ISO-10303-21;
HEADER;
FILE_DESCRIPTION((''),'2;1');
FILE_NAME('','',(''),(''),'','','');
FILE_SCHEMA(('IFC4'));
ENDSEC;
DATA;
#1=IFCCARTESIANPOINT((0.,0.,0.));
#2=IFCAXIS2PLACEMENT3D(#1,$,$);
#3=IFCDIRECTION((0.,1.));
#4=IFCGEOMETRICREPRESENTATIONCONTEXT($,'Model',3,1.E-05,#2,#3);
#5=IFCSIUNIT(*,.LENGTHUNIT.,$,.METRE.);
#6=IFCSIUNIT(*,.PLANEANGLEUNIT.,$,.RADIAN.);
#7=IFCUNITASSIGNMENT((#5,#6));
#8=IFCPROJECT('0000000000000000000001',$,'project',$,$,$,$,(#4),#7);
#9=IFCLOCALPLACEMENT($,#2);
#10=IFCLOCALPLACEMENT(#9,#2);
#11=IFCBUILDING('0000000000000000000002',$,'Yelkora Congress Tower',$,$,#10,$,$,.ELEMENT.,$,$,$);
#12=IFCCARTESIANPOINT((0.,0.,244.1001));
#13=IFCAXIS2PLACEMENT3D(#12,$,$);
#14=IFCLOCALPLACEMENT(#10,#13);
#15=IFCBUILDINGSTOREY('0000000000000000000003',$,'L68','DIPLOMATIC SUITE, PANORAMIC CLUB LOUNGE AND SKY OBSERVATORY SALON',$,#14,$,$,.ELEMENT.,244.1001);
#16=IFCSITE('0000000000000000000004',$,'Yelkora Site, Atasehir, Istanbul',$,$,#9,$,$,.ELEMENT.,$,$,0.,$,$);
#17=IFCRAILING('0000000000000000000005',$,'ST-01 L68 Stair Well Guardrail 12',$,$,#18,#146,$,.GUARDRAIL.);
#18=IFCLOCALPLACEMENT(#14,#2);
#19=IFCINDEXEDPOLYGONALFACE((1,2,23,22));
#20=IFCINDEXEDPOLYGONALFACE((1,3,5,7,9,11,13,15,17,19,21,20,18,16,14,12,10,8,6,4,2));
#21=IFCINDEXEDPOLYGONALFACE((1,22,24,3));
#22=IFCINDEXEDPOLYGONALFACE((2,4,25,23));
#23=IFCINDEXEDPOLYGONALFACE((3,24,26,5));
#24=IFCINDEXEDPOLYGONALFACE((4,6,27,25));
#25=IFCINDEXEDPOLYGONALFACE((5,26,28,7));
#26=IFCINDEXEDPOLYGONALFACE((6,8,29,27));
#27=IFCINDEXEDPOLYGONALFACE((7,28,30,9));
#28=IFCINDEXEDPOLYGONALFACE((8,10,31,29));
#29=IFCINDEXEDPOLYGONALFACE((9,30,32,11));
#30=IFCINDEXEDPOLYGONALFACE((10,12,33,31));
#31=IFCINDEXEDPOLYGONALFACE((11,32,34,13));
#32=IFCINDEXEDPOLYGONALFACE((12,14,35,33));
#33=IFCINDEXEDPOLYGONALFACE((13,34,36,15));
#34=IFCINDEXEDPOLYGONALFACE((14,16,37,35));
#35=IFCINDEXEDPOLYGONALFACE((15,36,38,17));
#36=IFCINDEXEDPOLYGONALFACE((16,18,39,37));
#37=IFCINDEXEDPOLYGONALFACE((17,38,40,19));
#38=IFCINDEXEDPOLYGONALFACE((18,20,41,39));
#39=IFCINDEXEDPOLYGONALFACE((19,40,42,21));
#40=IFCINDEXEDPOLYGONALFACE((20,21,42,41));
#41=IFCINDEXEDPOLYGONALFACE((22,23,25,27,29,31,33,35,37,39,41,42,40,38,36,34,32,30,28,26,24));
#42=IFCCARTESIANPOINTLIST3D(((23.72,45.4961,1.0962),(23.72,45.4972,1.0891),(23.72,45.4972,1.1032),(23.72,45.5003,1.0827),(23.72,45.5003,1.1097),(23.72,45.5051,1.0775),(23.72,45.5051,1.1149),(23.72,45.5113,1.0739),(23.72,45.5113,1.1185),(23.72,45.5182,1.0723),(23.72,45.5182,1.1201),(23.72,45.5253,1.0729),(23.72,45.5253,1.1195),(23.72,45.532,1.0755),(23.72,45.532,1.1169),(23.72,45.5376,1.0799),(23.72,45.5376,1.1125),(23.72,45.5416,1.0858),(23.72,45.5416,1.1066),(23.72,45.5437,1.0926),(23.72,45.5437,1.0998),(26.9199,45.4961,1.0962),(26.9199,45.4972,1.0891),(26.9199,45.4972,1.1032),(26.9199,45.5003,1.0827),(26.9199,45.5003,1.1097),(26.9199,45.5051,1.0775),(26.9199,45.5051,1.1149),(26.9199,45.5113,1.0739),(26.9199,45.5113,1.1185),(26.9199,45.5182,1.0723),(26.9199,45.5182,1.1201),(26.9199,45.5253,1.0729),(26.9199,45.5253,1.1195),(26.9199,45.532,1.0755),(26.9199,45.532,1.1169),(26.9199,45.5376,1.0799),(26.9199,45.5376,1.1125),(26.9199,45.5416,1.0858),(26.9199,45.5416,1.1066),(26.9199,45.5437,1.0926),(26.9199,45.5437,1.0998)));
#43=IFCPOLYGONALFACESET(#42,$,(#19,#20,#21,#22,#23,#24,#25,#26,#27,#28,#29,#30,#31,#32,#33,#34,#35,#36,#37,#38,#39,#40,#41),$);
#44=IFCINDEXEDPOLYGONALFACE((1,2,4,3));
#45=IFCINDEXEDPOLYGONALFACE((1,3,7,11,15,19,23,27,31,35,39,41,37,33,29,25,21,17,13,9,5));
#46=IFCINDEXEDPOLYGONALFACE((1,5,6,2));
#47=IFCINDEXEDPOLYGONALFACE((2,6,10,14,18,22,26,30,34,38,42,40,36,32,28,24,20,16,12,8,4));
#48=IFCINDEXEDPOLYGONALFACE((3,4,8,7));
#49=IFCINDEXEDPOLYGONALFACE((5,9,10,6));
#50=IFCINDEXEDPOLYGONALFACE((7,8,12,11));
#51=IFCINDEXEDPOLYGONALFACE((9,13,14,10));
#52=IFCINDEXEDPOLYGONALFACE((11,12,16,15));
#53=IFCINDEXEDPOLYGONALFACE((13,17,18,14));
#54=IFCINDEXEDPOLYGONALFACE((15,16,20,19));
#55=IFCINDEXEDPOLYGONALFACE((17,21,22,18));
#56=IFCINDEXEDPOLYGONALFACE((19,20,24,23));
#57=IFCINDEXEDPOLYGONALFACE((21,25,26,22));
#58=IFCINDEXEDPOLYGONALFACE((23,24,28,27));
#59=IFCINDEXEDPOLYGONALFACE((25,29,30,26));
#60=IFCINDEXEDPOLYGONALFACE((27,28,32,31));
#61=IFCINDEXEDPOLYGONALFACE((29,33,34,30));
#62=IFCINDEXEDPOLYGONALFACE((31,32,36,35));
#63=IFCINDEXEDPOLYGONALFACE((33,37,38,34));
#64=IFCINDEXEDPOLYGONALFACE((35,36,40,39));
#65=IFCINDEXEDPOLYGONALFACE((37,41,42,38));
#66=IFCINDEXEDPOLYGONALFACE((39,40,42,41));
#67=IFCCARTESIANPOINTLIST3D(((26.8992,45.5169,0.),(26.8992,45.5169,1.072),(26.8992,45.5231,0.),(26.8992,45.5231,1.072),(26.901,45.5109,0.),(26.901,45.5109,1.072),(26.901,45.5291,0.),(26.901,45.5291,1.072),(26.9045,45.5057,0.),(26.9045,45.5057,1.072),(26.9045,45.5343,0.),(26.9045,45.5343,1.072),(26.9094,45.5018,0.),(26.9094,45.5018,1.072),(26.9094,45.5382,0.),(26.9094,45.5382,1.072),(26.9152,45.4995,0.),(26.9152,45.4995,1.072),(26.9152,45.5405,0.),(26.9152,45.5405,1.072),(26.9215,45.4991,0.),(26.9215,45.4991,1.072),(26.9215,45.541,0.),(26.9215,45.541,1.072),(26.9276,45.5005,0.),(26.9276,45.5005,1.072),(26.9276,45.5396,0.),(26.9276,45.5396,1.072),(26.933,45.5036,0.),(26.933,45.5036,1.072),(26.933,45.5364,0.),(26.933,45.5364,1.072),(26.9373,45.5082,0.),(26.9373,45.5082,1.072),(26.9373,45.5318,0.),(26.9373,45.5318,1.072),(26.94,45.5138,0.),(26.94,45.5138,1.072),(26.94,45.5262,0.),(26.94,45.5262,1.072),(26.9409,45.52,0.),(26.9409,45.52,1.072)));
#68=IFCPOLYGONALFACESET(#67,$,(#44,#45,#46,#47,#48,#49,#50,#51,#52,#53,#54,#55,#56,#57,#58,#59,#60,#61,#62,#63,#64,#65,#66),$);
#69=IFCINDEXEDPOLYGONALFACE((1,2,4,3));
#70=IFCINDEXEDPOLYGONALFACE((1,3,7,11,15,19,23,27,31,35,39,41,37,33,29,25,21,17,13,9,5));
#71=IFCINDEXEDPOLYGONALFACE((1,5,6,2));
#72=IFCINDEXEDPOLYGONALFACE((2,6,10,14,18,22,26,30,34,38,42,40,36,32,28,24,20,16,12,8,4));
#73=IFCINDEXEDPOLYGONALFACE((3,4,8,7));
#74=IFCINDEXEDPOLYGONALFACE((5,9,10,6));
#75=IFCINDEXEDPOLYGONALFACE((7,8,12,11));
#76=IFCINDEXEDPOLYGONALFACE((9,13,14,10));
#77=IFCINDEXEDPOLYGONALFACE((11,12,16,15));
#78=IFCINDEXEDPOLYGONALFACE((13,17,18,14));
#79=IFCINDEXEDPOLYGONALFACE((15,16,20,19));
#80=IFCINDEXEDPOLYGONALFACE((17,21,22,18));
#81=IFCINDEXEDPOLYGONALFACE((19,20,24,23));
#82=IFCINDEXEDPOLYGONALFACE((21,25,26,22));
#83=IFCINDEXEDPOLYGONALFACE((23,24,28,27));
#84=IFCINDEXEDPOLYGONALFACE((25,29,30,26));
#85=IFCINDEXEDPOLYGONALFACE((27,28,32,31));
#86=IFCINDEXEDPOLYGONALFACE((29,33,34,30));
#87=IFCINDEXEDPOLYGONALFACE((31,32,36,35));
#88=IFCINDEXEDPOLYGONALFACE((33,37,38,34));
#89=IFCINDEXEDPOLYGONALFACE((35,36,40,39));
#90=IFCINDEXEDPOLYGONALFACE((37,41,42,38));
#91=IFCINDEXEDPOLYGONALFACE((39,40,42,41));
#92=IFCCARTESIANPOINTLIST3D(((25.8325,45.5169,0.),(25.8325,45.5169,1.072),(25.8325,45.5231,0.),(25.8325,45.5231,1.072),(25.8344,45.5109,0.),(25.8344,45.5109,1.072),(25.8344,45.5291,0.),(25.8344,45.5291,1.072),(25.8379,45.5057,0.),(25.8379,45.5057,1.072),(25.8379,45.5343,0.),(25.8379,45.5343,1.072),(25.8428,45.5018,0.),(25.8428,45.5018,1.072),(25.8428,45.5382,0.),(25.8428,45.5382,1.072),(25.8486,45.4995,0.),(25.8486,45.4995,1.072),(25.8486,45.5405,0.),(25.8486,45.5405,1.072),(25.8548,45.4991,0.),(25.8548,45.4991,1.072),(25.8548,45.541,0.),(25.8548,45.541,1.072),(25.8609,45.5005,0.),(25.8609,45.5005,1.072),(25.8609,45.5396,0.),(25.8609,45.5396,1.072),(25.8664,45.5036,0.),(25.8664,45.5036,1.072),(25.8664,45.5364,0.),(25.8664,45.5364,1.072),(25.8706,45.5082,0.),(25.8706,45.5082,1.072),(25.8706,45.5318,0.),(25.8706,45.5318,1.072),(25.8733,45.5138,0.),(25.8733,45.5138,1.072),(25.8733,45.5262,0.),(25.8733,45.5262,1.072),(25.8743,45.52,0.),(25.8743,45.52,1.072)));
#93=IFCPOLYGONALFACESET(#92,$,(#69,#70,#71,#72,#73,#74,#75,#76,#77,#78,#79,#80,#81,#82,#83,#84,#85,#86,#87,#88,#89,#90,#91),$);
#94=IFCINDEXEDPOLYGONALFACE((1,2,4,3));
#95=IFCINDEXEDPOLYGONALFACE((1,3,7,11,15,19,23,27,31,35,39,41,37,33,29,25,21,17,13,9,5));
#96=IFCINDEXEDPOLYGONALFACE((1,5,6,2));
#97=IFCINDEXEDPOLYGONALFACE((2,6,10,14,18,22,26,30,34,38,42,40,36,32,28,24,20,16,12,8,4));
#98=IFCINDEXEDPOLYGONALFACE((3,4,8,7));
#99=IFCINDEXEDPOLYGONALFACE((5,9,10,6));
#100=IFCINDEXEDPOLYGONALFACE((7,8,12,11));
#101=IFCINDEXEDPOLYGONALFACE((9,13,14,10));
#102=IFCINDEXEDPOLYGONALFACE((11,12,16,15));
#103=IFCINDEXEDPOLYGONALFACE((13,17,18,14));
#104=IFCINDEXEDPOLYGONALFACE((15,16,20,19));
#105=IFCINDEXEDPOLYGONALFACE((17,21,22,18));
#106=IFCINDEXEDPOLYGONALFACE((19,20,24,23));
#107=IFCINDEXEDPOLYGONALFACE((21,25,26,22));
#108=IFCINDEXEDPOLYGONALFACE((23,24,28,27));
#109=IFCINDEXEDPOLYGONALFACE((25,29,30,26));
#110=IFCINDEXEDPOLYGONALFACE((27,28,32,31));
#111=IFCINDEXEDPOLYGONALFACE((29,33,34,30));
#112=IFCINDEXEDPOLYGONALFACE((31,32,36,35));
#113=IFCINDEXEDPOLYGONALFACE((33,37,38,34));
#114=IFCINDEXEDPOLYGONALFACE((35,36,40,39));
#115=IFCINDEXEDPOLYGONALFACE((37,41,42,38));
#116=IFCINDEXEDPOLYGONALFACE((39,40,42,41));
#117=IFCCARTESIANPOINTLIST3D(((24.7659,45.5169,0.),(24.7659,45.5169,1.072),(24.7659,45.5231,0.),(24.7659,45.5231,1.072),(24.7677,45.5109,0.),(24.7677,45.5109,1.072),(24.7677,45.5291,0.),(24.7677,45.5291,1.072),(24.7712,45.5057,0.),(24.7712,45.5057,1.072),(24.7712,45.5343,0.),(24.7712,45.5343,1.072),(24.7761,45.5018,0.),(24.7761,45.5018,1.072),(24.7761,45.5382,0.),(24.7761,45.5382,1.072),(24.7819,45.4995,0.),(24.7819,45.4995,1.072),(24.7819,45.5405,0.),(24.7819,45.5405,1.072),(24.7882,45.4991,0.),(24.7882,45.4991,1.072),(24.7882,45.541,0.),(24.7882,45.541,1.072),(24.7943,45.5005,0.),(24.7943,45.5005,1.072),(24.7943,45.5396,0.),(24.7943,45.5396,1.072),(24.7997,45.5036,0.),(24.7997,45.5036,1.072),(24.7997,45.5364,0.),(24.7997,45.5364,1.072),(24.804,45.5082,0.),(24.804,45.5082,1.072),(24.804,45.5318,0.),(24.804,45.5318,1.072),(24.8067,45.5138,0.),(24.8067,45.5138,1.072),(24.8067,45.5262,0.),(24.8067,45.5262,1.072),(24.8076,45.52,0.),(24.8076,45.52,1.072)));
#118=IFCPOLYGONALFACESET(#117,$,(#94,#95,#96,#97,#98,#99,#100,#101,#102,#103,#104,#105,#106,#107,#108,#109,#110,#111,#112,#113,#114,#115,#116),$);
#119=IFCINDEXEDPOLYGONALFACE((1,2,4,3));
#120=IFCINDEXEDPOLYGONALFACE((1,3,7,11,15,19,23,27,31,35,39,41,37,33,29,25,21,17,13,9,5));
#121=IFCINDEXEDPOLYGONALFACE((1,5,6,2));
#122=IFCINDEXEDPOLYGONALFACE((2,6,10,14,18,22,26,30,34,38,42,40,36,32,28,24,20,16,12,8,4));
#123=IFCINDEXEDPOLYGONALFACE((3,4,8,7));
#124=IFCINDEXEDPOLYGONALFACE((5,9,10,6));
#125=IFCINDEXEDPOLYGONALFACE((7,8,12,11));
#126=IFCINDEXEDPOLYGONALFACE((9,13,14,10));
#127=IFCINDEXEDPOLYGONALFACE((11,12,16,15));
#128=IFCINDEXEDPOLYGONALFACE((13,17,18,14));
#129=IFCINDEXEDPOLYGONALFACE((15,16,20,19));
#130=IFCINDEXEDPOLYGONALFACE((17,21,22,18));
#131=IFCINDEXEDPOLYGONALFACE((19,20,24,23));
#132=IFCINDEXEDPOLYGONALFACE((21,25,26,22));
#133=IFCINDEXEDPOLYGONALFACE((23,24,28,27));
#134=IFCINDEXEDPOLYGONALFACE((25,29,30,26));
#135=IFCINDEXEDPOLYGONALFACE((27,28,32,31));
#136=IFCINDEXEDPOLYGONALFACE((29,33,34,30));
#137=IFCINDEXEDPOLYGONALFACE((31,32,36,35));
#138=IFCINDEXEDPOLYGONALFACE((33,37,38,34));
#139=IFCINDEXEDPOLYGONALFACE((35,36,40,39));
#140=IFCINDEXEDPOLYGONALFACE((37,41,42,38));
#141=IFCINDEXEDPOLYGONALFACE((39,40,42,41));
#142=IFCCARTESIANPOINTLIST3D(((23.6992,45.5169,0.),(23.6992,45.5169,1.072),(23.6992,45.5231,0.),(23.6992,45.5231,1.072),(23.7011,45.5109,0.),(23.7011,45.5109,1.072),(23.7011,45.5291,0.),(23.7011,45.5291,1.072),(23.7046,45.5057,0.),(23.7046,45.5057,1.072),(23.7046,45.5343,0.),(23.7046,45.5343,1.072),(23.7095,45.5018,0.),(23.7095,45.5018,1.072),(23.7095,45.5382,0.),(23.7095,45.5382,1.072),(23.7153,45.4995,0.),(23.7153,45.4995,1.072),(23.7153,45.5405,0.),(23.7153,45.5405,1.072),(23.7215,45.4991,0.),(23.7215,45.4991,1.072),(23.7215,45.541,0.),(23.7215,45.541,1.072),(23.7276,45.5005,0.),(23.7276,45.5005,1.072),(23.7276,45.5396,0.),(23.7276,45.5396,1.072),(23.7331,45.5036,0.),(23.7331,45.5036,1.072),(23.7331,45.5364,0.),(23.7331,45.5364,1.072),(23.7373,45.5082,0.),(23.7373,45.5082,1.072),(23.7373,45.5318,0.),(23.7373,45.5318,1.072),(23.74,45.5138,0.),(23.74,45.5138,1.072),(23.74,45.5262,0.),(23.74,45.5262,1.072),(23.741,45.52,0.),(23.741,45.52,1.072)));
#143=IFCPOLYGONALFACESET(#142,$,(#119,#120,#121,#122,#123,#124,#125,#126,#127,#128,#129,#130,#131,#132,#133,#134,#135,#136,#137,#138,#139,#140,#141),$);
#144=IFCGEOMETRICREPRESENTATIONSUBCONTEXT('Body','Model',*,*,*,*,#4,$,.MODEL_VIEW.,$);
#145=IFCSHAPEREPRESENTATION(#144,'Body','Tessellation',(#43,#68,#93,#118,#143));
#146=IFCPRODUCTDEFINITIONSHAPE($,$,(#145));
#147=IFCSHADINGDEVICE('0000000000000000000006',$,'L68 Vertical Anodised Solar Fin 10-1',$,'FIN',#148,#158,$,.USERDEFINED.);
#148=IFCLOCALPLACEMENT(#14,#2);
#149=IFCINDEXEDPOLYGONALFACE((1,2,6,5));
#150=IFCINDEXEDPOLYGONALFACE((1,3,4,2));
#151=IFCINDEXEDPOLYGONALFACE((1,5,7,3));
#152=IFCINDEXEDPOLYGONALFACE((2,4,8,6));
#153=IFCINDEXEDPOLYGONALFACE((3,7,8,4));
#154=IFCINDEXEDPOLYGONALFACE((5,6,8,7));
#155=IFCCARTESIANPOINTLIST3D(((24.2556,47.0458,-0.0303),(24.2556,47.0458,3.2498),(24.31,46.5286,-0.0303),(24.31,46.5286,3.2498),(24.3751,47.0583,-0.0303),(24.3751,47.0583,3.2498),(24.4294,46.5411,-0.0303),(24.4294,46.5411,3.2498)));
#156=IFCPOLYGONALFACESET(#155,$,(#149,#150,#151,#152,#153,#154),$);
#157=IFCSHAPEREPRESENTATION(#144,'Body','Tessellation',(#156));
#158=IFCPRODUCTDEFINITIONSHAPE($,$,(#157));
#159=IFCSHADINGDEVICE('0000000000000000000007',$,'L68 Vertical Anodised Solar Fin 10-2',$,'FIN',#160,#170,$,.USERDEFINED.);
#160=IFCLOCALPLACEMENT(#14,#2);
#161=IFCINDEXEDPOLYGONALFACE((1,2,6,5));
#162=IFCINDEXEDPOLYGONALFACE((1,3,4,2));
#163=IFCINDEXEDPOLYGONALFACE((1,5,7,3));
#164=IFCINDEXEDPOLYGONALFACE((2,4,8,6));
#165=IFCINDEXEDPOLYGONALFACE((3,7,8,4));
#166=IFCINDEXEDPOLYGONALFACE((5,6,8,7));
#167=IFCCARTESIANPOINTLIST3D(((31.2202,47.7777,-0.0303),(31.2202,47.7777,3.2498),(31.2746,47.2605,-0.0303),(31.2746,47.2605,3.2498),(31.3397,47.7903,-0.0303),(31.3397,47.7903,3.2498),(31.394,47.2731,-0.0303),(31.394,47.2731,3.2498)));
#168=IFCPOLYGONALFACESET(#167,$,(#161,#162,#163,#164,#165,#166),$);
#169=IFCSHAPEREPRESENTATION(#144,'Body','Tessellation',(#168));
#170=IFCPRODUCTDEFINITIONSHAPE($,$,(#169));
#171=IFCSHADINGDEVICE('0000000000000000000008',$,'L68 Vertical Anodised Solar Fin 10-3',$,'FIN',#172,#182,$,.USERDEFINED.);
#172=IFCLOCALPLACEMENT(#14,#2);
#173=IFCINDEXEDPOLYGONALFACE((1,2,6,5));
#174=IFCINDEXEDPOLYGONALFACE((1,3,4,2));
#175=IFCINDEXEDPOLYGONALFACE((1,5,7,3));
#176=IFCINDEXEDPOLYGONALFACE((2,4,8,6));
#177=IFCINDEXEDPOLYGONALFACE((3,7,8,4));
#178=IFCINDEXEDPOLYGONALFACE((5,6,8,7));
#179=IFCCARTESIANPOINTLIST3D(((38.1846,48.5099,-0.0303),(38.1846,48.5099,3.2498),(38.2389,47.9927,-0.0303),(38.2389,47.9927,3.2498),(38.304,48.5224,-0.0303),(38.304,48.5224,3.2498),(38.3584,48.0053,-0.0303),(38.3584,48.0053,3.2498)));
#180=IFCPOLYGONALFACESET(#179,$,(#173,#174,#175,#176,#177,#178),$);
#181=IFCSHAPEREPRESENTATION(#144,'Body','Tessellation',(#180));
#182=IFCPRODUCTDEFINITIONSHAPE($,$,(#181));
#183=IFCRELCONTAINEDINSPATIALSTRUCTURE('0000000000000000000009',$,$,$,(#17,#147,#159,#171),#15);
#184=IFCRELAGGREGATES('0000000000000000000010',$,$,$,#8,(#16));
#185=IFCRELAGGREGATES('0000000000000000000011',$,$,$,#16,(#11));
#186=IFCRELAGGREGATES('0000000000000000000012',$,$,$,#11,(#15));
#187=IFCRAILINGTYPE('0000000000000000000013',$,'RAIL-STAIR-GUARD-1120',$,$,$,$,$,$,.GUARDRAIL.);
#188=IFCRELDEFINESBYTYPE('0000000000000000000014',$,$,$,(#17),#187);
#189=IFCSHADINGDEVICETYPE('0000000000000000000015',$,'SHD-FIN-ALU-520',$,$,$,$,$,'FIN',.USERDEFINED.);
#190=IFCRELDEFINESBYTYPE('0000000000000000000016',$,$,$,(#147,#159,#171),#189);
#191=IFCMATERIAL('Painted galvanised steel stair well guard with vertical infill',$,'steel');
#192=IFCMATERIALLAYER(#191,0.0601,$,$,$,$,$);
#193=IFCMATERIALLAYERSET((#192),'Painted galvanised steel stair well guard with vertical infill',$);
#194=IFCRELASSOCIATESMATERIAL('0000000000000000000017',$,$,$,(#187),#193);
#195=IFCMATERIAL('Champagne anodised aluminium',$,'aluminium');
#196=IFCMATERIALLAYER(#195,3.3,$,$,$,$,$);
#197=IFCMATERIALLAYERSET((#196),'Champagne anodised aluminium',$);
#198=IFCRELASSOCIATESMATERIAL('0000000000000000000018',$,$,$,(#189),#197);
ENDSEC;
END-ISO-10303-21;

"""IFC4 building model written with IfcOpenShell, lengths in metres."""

from ifc_helpers import new_model, si_unit, direction, frame, origin, origin_2d, place, context, subcontext, project, spatial, rectangle, circle, extrude, material, layer, layer_set, type_object, element, save


model = new_model("IFC4")

# Units and contexts
model_context = context("Model", 3, precision=1e-05, world=origin(), true_north=direction((0.0, 1.0)))
body_context = subcontext(model_context, "Body", "Model", "MODEL_VIEW")
ifc_project = project(units=[si_unit("LENGTHUNIT", "METRE"), si_unit("PLANEANGLEUNIT", "RADIAN")], contexts=[model_context])

# Site, building, storey
site_placement = place(None, origin())
site = spatial("IfcSite", under=ifc_project, at=site_placement, Name="Yelkora Site, Atasehir, Istanbul", CompositionType="ELEMENT", RefElevation=0.0)
building_placement = place(site_placement, origin())
building = spatial("IfcBuilding", under=site, at=building_placement, Name="Yelkora Congress Tower", CompositionType="ELEMENT")
storey_placement = place(building_placement, frame((0.0, 0.0, 244.1001)))
storey = spatial("IfcBuildingStorey", under=building, at=storey_placement, Name="L68", Description="DIPLOMATIC SUITE, PANORAMIC CLUB LOUNGE AND SKY OBSERVATORY SALON", CompositionType="ELEMENT", Elevation=244.1001)

# Railing
ifc_material_1 = material(Name="Painted galvanised steel stair well guard with vertical infill", Category="steel")
ifc_layer_1 = layer(ifc_material_1, 0.0601)
ifc_layer_set_1 = layer_set([ifc_layer_1], Name="Painted galvanised steel stair well guard with vertical infill")
railing_type = type_object("IfcRailingType", Name="RAIL-STAIR-GUARD-1120", PredefinedType="GUARDRAIL", material=ifc_layer_set_1)
railing_1_placement = place(storey_placement, frame((26.9199, 45.52, 0.0)))
element("IfcRailing", 1, at=railing_1_placement, inside=storey, type_object=railing_type, Name="ST-01 L68 Stair Well Guardrail 12", PredefinedType="GUARDRAIL", context=body_context, shape_type="SweptSolid", body=[
    extrude(circle(Radius=0.0239, at=origin_2d()), frame((0.0, 0.0, 1.0962), z_axis=(-1.0, 0.0, 0.0), x_axis=(0.0, -1.0, 0.0)), (0.0, 0.0, 1.0), 3.2),
    extrude(circle(Radius=0.021, at=origin_2d()), origin(), (0.0, 0.0, 1.0), 1.072),
    extrude(circle(Radius=0.021, at=origin_2d()), frame((-1.0667, 0.0, 0.0)), (0.0, 0.0, 1.0), 1.072),
    extrude(circle(Radius=0.021, at=origin_2d()), frame((-2.1333, 0.0, 0.0)), (0.0, 0.0, 1.0), 1.072),
    extrude(circle(Radius=0.021, at=origin_2d()), frame((-3.2, 0.0, 0.0)), (0.0, 0.0, 1.0), 1.072),
])

# Shading devices
ifc_material_2 = material(Name="Champagne anodised aluminium", Category="aluminium")
ifc_layer_2 = layer(ifc_material_2, 3.3)
ifc_layer_set_2 = layer_set([ifc_layer_2], Name="Champagne anodised aluminium")
shading_device_type = type_object("IfcShadingDeviceType", Name="SHD-FIN-ALU-520", ElementType="FIN", PredefinedType="USERDEFINED", material=ifc_layer_set_2)
for number, where, z_axis, x_axis, name in (
    (2, (24.3425, 46.7935, -0.0303), (0.0, 0.0, 1.0), (0.994522, 0.104528, 0.0), "L68 Vertical Anodised Solar Fin 10-1"),
    (3, (31.3071, 47.5254, -0.0303), (0.0, 0.0, 1.0), (0.994522, 0.104528, 0.0), "L68 Vertical Anodised Solar Fin 10-2"),
    (4, (38.2715, 48.2576, -0.0303), (0.0, 0.0, 1.0), (0.994522, 0.104528, 0.0), "L68 Vertical Anodised Solar Fin 10-3"),
):
    element("IfcShadingDevice", number, at=place(storey_placement, frame(where, z_axis=z_axis, x_axis=x_axis)), inside=storey, type_object=shading_device_type, Name=name, ObjectType="FIN", PredefinedType="USERDEFINED", context=body_context, shape_type="SweptSolid", body=[
        extrude(rectangle(XDim=0.1201, YDim=0.52, at=origin_2d()), origin(), (0.0, 0.0, 1.0), 3.28),
    ])

save(model, "model.ifc")
